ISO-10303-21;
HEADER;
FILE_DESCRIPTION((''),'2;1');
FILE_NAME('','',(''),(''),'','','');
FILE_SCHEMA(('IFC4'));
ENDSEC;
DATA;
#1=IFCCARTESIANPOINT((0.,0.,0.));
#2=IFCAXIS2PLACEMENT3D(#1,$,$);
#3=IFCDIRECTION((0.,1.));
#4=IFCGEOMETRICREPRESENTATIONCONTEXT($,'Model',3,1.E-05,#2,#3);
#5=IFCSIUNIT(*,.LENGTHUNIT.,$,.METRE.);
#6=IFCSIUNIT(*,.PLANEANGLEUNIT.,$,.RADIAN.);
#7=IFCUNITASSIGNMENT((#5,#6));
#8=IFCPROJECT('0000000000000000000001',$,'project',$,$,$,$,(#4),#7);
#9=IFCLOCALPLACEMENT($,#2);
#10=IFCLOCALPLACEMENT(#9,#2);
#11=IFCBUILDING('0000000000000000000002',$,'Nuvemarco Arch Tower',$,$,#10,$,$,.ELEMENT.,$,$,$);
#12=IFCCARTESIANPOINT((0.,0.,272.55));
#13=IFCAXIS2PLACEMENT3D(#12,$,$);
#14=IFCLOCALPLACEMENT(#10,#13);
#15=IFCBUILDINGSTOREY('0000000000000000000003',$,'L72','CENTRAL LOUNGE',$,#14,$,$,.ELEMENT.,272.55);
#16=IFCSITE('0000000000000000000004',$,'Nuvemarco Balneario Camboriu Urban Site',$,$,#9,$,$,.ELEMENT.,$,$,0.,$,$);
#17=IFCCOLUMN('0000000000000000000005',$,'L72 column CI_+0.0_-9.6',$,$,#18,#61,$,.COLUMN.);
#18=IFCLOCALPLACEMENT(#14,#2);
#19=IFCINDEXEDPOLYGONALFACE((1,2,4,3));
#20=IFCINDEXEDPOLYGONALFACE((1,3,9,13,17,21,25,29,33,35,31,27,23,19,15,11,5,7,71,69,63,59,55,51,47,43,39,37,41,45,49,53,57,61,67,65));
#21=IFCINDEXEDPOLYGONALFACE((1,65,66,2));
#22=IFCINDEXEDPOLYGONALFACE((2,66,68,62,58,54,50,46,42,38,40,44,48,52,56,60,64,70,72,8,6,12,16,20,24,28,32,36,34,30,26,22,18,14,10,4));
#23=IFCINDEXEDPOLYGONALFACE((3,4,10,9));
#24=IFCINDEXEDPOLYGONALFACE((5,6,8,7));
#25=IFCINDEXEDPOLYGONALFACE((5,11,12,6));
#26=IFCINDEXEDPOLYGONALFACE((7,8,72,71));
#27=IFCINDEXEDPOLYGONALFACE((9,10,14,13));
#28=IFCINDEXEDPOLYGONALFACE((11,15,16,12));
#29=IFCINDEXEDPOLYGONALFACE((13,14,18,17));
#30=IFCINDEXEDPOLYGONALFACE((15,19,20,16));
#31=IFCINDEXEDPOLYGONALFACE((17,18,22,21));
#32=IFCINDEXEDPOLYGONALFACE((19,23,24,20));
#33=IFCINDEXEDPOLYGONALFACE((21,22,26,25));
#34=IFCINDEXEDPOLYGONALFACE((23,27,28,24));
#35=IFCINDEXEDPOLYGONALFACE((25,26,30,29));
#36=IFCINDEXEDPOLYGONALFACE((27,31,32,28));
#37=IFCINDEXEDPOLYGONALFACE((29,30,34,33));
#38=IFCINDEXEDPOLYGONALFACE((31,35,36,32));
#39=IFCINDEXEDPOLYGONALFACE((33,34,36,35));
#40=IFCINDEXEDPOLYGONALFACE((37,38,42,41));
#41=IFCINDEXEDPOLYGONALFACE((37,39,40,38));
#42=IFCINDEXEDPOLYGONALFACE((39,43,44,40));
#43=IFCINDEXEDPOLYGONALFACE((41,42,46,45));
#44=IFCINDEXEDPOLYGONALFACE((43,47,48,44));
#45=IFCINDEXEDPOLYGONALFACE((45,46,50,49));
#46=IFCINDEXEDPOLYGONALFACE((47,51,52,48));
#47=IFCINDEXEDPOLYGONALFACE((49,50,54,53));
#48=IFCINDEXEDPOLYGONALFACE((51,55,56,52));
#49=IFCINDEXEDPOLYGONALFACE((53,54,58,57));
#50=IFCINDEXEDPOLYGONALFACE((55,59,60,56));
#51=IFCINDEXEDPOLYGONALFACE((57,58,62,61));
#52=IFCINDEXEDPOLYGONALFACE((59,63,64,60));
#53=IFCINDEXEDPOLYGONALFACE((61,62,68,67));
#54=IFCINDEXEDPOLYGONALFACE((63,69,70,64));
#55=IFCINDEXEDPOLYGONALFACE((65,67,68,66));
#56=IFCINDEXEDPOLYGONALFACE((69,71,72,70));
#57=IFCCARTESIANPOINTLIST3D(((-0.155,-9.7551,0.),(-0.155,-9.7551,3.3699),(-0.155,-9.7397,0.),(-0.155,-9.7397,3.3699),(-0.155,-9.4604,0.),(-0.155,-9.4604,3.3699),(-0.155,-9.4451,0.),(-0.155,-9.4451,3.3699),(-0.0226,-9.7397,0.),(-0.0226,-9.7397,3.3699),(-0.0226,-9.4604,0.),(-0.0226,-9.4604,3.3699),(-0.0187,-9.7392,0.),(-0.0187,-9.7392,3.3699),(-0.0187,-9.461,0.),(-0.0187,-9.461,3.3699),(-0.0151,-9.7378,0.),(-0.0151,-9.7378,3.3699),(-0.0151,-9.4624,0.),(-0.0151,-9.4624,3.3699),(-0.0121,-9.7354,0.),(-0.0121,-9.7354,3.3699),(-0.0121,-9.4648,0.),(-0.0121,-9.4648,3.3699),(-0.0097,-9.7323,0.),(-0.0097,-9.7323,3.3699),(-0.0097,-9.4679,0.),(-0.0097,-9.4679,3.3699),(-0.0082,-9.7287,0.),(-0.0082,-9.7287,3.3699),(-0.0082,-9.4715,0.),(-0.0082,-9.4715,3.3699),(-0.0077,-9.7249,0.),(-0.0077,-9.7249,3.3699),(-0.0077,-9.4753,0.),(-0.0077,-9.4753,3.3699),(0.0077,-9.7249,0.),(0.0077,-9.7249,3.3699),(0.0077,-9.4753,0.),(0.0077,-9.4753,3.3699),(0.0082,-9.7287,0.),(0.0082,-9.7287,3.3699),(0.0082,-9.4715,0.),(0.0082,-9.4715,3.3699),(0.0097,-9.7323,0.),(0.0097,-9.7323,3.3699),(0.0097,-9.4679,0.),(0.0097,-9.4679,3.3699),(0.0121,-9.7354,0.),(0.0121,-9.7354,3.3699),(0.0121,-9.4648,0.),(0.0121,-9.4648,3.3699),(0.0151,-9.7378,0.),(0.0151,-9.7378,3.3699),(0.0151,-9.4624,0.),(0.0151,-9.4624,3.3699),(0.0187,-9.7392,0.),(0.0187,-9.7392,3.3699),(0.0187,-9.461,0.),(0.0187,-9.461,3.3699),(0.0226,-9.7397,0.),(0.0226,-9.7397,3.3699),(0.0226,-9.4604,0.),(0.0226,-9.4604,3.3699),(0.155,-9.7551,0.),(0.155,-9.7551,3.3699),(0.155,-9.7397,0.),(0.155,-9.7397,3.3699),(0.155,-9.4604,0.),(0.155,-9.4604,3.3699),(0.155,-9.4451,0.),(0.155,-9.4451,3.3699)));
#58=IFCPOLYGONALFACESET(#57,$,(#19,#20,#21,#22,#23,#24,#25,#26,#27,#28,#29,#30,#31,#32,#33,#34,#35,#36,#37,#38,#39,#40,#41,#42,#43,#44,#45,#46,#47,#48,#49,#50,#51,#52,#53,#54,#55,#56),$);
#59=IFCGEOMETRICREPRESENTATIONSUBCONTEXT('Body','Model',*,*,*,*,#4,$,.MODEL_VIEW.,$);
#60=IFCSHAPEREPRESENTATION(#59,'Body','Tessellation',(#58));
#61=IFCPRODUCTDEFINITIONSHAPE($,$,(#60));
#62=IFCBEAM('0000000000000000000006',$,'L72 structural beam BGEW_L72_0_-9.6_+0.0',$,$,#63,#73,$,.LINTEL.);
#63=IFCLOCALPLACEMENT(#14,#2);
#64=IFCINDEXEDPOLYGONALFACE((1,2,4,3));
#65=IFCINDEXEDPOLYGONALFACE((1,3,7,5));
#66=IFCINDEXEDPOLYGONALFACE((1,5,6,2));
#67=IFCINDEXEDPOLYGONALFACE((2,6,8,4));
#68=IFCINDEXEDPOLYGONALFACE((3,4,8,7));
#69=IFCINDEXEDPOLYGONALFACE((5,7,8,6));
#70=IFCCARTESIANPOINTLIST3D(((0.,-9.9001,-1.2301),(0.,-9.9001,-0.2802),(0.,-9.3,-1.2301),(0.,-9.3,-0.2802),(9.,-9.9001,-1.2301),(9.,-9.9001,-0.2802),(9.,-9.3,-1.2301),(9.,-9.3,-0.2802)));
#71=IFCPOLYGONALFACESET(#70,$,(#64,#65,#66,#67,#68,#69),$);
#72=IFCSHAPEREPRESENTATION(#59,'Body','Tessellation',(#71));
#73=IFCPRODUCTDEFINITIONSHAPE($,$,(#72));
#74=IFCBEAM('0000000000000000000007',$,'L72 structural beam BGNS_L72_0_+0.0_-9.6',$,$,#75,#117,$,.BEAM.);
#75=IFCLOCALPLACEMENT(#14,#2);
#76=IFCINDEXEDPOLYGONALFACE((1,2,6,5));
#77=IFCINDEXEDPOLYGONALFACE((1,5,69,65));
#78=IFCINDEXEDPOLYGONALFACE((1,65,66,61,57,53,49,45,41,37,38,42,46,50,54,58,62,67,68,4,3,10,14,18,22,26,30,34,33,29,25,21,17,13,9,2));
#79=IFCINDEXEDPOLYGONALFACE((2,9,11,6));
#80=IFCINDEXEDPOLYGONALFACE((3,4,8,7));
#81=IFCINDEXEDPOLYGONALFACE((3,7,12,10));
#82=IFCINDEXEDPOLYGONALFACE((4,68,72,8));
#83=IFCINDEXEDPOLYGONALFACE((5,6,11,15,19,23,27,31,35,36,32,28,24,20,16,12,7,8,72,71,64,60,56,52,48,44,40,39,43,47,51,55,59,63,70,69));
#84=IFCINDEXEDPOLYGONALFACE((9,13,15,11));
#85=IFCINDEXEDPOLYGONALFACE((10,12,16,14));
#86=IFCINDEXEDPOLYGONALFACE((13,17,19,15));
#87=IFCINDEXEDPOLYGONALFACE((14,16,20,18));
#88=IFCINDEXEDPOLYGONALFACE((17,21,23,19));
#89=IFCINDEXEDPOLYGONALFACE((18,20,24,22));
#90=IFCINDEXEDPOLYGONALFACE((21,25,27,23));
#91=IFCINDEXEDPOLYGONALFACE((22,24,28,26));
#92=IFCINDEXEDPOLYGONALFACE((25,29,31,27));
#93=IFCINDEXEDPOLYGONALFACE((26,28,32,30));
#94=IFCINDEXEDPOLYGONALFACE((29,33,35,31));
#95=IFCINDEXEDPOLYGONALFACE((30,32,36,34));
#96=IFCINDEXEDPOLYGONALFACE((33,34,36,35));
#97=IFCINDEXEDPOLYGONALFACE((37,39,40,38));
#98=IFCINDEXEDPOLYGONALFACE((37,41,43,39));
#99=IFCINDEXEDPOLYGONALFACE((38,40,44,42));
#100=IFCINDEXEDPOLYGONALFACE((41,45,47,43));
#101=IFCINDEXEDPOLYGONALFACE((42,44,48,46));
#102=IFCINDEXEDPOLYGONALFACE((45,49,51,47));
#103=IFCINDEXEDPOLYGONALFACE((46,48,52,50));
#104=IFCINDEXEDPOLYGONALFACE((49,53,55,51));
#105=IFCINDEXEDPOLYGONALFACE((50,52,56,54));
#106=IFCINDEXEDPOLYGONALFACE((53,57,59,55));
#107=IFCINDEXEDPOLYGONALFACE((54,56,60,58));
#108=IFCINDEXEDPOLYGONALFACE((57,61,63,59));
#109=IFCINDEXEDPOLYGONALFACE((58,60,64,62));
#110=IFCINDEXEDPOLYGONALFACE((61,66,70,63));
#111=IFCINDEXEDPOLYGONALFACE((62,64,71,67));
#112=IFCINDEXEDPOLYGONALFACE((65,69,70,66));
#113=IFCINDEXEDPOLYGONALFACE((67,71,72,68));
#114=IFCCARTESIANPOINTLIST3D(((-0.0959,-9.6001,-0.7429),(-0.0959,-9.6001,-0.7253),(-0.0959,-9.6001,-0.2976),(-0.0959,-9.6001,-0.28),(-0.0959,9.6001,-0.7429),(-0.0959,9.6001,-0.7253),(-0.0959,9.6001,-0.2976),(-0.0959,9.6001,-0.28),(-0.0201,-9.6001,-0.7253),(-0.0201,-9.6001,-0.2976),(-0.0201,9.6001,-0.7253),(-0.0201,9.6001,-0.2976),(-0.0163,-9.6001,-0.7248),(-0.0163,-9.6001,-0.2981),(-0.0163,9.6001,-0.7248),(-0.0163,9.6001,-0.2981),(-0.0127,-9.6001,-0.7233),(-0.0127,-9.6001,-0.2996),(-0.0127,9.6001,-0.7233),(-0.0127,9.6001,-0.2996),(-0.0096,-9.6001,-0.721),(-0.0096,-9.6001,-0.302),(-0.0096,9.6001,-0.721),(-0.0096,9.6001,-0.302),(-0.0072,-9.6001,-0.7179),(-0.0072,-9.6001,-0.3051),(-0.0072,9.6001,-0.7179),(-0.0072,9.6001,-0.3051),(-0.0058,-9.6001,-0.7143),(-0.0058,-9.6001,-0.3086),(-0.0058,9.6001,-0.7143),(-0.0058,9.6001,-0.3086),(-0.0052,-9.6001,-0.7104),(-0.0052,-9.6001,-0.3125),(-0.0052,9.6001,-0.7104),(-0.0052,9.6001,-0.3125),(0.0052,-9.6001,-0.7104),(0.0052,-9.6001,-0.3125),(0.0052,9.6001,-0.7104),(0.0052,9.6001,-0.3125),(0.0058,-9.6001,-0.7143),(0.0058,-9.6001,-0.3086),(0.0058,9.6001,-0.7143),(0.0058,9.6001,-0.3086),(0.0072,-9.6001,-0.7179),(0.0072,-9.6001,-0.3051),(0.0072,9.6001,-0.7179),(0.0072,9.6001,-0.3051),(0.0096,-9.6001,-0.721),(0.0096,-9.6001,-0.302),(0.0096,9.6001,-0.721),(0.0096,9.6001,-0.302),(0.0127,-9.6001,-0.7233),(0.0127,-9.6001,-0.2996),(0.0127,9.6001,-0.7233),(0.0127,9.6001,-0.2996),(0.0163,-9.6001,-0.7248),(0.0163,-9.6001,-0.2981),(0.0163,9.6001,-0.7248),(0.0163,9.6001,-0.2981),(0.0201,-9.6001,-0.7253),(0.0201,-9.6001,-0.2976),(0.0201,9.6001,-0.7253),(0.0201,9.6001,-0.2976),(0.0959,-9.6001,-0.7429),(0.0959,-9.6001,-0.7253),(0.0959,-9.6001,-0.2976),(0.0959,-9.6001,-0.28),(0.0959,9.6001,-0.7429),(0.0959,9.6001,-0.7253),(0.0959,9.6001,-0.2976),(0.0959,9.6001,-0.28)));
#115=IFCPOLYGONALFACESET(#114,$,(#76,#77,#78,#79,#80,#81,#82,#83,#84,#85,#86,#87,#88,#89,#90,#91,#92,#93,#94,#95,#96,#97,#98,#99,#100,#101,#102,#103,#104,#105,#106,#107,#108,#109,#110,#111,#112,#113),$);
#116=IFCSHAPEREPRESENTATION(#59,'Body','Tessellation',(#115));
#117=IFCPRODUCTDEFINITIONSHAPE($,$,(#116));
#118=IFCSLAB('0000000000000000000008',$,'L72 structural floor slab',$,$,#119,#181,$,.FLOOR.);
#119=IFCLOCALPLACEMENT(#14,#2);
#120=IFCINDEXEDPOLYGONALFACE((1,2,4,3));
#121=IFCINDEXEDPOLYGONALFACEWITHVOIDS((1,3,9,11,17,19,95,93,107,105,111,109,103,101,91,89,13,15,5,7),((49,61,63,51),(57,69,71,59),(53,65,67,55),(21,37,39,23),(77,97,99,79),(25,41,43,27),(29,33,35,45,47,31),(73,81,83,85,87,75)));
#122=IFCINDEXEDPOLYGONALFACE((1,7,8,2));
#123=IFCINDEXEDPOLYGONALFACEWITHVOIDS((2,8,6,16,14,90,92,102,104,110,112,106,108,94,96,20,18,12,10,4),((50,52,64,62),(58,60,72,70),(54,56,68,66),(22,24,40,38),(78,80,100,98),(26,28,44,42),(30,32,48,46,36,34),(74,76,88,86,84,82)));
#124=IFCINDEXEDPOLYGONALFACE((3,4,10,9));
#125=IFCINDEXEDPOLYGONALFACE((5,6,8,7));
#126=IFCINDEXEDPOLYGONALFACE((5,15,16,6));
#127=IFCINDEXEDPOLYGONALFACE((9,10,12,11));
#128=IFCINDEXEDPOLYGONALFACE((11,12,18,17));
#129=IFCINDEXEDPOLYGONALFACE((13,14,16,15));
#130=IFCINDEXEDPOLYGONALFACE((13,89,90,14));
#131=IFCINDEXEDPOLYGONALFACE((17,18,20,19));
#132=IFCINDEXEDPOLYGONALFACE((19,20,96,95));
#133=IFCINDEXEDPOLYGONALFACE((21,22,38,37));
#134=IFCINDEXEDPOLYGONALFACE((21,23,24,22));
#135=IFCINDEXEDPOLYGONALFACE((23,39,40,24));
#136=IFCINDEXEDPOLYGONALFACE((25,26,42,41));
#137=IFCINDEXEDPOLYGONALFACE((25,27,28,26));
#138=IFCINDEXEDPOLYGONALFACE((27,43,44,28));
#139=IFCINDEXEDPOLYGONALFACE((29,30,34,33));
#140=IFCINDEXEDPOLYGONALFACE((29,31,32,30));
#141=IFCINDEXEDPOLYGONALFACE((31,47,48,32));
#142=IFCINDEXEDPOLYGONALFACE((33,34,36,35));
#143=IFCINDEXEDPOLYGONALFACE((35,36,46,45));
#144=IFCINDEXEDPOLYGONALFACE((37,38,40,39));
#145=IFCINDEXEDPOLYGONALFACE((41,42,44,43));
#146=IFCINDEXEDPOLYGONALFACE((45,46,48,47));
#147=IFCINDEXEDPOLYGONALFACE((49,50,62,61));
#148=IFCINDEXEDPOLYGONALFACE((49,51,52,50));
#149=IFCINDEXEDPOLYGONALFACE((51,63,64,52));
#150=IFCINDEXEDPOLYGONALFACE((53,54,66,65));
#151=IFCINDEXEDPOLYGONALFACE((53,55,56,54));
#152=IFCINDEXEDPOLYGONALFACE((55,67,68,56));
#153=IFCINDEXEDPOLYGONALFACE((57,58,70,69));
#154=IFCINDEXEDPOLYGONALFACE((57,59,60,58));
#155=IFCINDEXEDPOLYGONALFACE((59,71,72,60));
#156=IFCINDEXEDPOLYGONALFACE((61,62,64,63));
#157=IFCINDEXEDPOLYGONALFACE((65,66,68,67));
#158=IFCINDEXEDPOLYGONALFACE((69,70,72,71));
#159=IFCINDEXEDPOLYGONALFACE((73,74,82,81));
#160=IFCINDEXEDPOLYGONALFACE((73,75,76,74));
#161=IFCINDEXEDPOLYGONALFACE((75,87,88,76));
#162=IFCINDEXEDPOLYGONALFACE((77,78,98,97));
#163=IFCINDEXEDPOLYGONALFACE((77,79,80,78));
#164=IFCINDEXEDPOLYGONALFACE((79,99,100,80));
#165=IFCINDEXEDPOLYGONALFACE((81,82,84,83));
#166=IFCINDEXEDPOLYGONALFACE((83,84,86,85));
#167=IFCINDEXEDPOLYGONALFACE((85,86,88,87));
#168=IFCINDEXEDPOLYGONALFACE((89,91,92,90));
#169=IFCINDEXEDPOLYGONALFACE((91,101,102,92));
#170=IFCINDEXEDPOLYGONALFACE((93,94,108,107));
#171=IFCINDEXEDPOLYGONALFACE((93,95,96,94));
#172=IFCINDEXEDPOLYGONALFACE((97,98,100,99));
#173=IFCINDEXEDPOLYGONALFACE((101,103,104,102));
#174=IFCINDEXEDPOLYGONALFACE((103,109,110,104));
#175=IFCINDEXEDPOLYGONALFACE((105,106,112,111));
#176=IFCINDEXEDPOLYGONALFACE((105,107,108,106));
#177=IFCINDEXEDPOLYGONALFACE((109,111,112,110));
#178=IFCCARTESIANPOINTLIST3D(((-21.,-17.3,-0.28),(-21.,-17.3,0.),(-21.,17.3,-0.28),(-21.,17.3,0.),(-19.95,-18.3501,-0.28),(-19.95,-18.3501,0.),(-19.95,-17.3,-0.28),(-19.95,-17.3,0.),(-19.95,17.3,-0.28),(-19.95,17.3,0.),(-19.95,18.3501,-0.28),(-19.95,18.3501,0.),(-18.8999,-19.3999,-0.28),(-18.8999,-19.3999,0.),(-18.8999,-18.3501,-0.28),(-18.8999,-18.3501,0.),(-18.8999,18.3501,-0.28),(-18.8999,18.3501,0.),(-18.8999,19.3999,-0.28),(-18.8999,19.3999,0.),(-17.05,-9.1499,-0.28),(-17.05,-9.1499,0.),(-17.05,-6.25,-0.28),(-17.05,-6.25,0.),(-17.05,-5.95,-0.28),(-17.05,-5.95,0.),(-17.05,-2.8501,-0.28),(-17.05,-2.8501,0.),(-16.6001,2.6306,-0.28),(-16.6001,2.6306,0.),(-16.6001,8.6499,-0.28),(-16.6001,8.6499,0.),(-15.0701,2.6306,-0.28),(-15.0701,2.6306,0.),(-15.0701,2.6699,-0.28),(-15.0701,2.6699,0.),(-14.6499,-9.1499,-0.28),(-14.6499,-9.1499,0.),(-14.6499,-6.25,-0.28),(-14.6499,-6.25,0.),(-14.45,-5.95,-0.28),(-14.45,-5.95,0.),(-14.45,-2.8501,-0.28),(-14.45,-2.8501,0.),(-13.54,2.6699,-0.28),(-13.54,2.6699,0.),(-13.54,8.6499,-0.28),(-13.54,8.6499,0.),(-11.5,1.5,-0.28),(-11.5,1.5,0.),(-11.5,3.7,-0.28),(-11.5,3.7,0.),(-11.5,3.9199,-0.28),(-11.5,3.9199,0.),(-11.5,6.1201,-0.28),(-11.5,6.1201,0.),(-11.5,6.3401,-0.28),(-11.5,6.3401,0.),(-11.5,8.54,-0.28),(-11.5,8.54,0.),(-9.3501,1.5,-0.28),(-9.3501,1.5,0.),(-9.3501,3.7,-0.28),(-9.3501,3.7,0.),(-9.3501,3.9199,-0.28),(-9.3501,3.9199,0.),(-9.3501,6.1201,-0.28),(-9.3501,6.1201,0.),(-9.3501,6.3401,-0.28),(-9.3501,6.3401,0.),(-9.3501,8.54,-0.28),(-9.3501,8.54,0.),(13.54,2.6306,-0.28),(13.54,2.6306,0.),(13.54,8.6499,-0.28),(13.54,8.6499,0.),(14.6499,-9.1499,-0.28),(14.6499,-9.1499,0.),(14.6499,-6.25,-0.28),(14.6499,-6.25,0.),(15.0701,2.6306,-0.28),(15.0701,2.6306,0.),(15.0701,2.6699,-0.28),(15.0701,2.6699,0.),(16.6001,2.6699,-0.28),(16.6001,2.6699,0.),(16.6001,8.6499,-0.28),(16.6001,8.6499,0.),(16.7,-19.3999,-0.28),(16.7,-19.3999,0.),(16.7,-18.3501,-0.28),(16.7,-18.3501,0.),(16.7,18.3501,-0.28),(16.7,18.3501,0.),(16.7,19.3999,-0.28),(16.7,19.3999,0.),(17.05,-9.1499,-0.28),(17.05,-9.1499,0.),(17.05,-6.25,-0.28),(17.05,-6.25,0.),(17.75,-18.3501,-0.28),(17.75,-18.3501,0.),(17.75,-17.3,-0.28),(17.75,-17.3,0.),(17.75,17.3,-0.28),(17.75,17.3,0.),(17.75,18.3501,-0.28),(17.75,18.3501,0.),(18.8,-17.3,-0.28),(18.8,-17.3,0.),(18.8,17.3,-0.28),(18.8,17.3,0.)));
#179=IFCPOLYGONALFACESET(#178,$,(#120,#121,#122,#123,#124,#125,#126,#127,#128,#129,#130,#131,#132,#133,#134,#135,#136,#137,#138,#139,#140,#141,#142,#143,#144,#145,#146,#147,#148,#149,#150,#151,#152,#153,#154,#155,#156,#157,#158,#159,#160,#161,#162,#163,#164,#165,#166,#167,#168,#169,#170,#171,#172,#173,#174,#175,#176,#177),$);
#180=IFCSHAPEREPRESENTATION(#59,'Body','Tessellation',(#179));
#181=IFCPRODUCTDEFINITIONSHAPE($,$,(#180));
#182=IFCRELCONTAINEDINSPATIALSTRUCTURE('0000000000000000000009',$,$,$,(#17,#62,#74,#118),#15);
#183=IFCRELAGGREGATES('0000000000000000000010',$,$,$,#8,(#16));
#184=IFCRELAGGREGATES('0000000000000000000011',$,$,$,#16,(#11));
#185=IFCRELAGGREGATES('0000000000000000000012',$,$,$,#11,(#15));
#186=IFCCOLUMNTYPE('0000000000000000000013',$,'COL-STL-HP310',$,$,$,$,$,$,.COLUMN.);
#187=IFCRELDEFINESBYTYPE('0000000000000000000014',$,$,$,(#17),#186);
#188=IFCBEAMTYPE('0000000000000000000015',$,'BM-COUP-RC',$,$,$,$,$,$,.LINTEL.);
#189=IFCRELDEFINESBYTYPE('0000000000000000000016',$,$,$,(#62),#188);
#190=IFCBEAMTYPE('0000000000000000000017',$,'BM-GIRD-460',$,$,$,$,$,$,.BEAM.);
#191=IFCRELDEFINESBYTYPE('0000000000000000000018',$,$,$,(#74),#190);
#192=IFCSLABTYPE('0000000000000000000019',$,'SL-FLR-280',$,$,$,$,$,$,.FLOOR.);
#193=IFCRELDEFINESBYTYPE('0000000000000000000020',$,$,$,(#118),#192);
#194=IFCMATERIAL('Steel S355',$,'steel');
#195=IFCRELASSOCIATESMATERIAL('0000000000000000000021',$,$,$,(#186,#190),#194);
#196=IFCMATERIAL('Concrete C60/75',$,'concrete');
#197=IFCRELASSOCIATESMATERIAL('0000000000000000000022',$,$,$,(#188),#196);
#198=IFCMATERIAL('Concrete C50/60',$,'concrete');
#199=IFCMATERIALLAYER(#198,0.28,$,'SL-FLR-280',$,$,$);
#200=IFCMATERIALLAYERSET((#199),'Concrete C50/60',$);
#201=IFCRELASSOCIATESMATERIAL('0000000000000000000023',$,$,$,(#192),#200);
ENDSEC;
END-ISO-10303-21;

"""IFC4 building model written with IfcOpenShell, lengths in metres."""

from ifc_helpers import new_model, si_unit, direction, frame, origin, origin_2d, place, context, subcontext, project, spatial, polyline, rectangle, i_section, outline, extrude, material, layer, layer_set, material_profile, profile_set, type_object, element, save


model = new_model("IFC4")

# Units and contexts
model_context = context("Model", 3, precision=1e-05, world=origin(), true_north=direction((0.0, 1.0)))
body_context = subcontext(model_context, "Body", "Model", "MODEL_VIEW")
ifc_project = project(units=[si_unit("LENGTHUNIT", "METRE"), si_unit("PLANEANGLEUNIT", "RADIAN")], contexts=[model_context])

# Site, building, storey
site_placement = place(None, origin())
site = spatial("IfcSite", under=ifc_project, at=site_placement, Name="Nuvemarco Balneario Camboriu Urban Site", CompositionType="ELEMENT", RefElevation=0.0)
building_placement = place(site_placement, origin())
building = spatial("IfcBuilding", under=site, at=building_placement, Name="Nuvemarco Arch Tower", CompositionType="ELEMENT")
storey_placement = place(building_placement, frame((0.0, 0.0, 272.55)))
storey = spatial("IfcBuildingStorey", under=building, at=storey_placement, Name="L72", Description="CENTRAL LOUNGE", CompositionType="ELEMENT", Elevation=272.55)

# Column
ifc_material_1 = material(Name="Steel S355", Category="steel")
ifc_material_profile_1 = material_profile(ifc_material_1, i_section(OverallWidth=0.3101, OverallDepth=0.3101, WebThickness=0.0154, FlangeThickness=0.0154, FilletRadius=0.0149, at=origin_2d()), Name="HP310x110")
ifc_profile_set_1 = profile_set([ifc_material_profile_1], Name="Steel S355")
column_type = type_object("IfcColumnType", Name="COL-STL-HP310", PredefinedType="COLUMN", material=ifc_profile_set_1)
column_placement = place(storey_placement, frame((0.0, -9.6001, 0.0), z_axis=(0.0, 0.0, 1.0), x_axis=(1.0, 0.0, 0.0)))
element("IfcColumn", 1, at=column_placement, inside=storey, type_object=column_type, Name="L72 column CI_+0.0_-9.6", PredefinedType="COLUMN", context=body_context, shape_type="SweptSolid", body=[
    extrude(i_section(OverallWidth=0.3101, OverallDepth=0.3101, WebThickness=0.0154, FlangeThickness=0.0154, FilletRadius=0.0149, at=origin_2d()), origin(), (0.0, 0.0, 1.0), 3.3699),
])

# Beams
ifc_material_2 = material(Name="Concrete C60/75", Category="concrete")
ifc_material_profile_2 = material_profile(ifc_material_2, rectangle(XDim=0.6001, YDim=0.95, at=origin_2d()), Name="RC-BM-600x950")
ifc_profile_set_2 = profile_set([ifc_material_profile_2], Name="Concrete C60/75")
beam_type_1 = type_object("IfcBeamType", Name="BM-COUP-RC", PredefinedType="LINTEL", material=ifc_profile_set_2)
beam_1_placement = place(storey_placement, frame((0.0, -9.6001, -0.7551), z_axis=(1.0, 0.0, 0.0), x_axis=(0.0, 1.0, 0.0)))
element("IfcBeam", 2, at=beam_1_placement, inside=storey, type_object=beam_type_1, Name="L72 structural beam BGEW_L72_0_-9.6_+0.0", PredefinedType="LINTEL", context=body_context, shape_type="SweptSolid", body=[
    extrude(rectangle(XDim=0.6001, YDim=0.95, at=origin_2d()), origin(), (0.0, 0.0, 1.0), 9.0),
])
ifc_material_profile_3 = material_profile(ifc_material_1, i_section(OverallWidth=0.1919, OverallDepth=0.4629, WebThickness=0.0105, FlangeThickness=0.0176, FilletRadius=0.0149, at=origin_2d()), Name="W460x89")
ifc_profile_set_3 = profile_set([ifc_material_profile_3], Name="Steel S355")
beam_type_2 = type_object("IfcBeamType", Name="BM-GIRD-460", PredefinedType="BEAM", material=ifc_profile_set_3)
beam_2_placement = place(storey_placement, frame((0.0, -9.6001, -0.5115), z_axis=(0.0, 1.0, 0.0), x_axis=(-1.0, 0.0, 0.0)))
element("IfcBeam", 3, at=beam_2_placement, inside=storey, type_object=beam_type_2, Name="L72 structural beam BGNS_L72_0_+0.0_-9.6", PredefinedType="BEAM", context=body_context, shape_type="SweptSolid", body=[
    extrude(i_section(OverallWidth=0.1919, OverallDepth=0.4629, WebThickness=0.0105, FlangeThickness=0.0176, FilletRadius=0.0149, at=origin_2d()), origin(), (0.0, 0.0, 1.0), 19.2002),
])

# Slab
ifc_material_3 = material(Name="Concrete C50/60", Category="concrete")
ifc_layer_1 = layer(ifc_material_3, 0.28, Name="SL-FLR-280")
ifc_layer_set_1 = layer_set([ifc_layer_1], Name="Concrete C50/60")
slab_type_1 = type_object("IfcSlabType", Name="SL-FLR-280", PredefinedType="FLOOR", material=ifc_layer_set_1)
slab_1_placement = place(storey_placement, frame((0.0, 0.0, -0.28)))
element("IfcSlab", 4, at=slab_1_placement, inside=storey, type_object=slab_type_1, Name="L72 structural floor slab", PredefinedType="FLOOR", context=body_context, shape_type="SweptSolid", body=[
    extrude(outline(polyline([(-18.8999, -19.3999), (16.7, -19.3999), (16.7, -18.3501), (17.75, -18.3501), (17.75, -17.3), (18.8, -17.3), (18.8, 17.3), (17.75, 17.3), (17.75, 18.3501), (16.7, 18.3501), (16.7, 19.3999), (-18.8999, 19.3999), (-18.8999, 18.3501), (-19.95, 18.3501), (-19.95, 17.3), (-21.0, 17.3), (-21.0, -17.3), (-19.95, -17.3), (-19.95, -18.3501), (-18.8999, -18.3501), (-18.8999, -19.3999)]), holes=[polyline([(-13.54, 2.6699), (-13.54, 8.6499), (-16.6001, 8.6499), (-16.6001, 2.6306), (-15.0701, 2.6306), (-15.0701, 2.6699), (-13.54, 2.6699)]), polyline([(16.6001, 2.6699), (16.6001, 8.6499), (13.54, 8.6499), (13.54, 2.6306), (15.0701, 2.6306), (15.0701, 2.6699), (16.6001, 2.6699)]), polyline([(-17.05, -9.1499), (-14.6499, -9.1499), (-14.6499, -6.25), (-17.05, -6.25), (-17.05, -9.1499)]), polyline([(-17.05, -5.95), (-14.45, -5.95), (-14.45, -2.8501), (-17.05, -2.8501), (-17.05, -5.95)]), polyline([(-11.5, 1.5), (-9.3501, 1.5), (-9.3501, 3.7), (-11.5, 3.7), (-11.5, 1.5)]), polyline([(-11.5, 3.9199), (-9.3501, 3.9199), (-9.3501, 6.1201), (-11.5, 6.1201), (-11.5, 3.9199)]), polyline([(-11.5, 6.3401), (-9.3501, 6.3401), (-9.3501, 8.54), (-11.5, 8.54), (-11.5, 6.3401)]), polyline([(14.6499, -9.1499), (17.05, -9.1499), (17.05, -6.25), (14.6499, -6.25), (14.6499, -9.1499)])]), origin(), (0.0, 0.0, 1.0), 0.28),
])

save(model, "model.ifc")
